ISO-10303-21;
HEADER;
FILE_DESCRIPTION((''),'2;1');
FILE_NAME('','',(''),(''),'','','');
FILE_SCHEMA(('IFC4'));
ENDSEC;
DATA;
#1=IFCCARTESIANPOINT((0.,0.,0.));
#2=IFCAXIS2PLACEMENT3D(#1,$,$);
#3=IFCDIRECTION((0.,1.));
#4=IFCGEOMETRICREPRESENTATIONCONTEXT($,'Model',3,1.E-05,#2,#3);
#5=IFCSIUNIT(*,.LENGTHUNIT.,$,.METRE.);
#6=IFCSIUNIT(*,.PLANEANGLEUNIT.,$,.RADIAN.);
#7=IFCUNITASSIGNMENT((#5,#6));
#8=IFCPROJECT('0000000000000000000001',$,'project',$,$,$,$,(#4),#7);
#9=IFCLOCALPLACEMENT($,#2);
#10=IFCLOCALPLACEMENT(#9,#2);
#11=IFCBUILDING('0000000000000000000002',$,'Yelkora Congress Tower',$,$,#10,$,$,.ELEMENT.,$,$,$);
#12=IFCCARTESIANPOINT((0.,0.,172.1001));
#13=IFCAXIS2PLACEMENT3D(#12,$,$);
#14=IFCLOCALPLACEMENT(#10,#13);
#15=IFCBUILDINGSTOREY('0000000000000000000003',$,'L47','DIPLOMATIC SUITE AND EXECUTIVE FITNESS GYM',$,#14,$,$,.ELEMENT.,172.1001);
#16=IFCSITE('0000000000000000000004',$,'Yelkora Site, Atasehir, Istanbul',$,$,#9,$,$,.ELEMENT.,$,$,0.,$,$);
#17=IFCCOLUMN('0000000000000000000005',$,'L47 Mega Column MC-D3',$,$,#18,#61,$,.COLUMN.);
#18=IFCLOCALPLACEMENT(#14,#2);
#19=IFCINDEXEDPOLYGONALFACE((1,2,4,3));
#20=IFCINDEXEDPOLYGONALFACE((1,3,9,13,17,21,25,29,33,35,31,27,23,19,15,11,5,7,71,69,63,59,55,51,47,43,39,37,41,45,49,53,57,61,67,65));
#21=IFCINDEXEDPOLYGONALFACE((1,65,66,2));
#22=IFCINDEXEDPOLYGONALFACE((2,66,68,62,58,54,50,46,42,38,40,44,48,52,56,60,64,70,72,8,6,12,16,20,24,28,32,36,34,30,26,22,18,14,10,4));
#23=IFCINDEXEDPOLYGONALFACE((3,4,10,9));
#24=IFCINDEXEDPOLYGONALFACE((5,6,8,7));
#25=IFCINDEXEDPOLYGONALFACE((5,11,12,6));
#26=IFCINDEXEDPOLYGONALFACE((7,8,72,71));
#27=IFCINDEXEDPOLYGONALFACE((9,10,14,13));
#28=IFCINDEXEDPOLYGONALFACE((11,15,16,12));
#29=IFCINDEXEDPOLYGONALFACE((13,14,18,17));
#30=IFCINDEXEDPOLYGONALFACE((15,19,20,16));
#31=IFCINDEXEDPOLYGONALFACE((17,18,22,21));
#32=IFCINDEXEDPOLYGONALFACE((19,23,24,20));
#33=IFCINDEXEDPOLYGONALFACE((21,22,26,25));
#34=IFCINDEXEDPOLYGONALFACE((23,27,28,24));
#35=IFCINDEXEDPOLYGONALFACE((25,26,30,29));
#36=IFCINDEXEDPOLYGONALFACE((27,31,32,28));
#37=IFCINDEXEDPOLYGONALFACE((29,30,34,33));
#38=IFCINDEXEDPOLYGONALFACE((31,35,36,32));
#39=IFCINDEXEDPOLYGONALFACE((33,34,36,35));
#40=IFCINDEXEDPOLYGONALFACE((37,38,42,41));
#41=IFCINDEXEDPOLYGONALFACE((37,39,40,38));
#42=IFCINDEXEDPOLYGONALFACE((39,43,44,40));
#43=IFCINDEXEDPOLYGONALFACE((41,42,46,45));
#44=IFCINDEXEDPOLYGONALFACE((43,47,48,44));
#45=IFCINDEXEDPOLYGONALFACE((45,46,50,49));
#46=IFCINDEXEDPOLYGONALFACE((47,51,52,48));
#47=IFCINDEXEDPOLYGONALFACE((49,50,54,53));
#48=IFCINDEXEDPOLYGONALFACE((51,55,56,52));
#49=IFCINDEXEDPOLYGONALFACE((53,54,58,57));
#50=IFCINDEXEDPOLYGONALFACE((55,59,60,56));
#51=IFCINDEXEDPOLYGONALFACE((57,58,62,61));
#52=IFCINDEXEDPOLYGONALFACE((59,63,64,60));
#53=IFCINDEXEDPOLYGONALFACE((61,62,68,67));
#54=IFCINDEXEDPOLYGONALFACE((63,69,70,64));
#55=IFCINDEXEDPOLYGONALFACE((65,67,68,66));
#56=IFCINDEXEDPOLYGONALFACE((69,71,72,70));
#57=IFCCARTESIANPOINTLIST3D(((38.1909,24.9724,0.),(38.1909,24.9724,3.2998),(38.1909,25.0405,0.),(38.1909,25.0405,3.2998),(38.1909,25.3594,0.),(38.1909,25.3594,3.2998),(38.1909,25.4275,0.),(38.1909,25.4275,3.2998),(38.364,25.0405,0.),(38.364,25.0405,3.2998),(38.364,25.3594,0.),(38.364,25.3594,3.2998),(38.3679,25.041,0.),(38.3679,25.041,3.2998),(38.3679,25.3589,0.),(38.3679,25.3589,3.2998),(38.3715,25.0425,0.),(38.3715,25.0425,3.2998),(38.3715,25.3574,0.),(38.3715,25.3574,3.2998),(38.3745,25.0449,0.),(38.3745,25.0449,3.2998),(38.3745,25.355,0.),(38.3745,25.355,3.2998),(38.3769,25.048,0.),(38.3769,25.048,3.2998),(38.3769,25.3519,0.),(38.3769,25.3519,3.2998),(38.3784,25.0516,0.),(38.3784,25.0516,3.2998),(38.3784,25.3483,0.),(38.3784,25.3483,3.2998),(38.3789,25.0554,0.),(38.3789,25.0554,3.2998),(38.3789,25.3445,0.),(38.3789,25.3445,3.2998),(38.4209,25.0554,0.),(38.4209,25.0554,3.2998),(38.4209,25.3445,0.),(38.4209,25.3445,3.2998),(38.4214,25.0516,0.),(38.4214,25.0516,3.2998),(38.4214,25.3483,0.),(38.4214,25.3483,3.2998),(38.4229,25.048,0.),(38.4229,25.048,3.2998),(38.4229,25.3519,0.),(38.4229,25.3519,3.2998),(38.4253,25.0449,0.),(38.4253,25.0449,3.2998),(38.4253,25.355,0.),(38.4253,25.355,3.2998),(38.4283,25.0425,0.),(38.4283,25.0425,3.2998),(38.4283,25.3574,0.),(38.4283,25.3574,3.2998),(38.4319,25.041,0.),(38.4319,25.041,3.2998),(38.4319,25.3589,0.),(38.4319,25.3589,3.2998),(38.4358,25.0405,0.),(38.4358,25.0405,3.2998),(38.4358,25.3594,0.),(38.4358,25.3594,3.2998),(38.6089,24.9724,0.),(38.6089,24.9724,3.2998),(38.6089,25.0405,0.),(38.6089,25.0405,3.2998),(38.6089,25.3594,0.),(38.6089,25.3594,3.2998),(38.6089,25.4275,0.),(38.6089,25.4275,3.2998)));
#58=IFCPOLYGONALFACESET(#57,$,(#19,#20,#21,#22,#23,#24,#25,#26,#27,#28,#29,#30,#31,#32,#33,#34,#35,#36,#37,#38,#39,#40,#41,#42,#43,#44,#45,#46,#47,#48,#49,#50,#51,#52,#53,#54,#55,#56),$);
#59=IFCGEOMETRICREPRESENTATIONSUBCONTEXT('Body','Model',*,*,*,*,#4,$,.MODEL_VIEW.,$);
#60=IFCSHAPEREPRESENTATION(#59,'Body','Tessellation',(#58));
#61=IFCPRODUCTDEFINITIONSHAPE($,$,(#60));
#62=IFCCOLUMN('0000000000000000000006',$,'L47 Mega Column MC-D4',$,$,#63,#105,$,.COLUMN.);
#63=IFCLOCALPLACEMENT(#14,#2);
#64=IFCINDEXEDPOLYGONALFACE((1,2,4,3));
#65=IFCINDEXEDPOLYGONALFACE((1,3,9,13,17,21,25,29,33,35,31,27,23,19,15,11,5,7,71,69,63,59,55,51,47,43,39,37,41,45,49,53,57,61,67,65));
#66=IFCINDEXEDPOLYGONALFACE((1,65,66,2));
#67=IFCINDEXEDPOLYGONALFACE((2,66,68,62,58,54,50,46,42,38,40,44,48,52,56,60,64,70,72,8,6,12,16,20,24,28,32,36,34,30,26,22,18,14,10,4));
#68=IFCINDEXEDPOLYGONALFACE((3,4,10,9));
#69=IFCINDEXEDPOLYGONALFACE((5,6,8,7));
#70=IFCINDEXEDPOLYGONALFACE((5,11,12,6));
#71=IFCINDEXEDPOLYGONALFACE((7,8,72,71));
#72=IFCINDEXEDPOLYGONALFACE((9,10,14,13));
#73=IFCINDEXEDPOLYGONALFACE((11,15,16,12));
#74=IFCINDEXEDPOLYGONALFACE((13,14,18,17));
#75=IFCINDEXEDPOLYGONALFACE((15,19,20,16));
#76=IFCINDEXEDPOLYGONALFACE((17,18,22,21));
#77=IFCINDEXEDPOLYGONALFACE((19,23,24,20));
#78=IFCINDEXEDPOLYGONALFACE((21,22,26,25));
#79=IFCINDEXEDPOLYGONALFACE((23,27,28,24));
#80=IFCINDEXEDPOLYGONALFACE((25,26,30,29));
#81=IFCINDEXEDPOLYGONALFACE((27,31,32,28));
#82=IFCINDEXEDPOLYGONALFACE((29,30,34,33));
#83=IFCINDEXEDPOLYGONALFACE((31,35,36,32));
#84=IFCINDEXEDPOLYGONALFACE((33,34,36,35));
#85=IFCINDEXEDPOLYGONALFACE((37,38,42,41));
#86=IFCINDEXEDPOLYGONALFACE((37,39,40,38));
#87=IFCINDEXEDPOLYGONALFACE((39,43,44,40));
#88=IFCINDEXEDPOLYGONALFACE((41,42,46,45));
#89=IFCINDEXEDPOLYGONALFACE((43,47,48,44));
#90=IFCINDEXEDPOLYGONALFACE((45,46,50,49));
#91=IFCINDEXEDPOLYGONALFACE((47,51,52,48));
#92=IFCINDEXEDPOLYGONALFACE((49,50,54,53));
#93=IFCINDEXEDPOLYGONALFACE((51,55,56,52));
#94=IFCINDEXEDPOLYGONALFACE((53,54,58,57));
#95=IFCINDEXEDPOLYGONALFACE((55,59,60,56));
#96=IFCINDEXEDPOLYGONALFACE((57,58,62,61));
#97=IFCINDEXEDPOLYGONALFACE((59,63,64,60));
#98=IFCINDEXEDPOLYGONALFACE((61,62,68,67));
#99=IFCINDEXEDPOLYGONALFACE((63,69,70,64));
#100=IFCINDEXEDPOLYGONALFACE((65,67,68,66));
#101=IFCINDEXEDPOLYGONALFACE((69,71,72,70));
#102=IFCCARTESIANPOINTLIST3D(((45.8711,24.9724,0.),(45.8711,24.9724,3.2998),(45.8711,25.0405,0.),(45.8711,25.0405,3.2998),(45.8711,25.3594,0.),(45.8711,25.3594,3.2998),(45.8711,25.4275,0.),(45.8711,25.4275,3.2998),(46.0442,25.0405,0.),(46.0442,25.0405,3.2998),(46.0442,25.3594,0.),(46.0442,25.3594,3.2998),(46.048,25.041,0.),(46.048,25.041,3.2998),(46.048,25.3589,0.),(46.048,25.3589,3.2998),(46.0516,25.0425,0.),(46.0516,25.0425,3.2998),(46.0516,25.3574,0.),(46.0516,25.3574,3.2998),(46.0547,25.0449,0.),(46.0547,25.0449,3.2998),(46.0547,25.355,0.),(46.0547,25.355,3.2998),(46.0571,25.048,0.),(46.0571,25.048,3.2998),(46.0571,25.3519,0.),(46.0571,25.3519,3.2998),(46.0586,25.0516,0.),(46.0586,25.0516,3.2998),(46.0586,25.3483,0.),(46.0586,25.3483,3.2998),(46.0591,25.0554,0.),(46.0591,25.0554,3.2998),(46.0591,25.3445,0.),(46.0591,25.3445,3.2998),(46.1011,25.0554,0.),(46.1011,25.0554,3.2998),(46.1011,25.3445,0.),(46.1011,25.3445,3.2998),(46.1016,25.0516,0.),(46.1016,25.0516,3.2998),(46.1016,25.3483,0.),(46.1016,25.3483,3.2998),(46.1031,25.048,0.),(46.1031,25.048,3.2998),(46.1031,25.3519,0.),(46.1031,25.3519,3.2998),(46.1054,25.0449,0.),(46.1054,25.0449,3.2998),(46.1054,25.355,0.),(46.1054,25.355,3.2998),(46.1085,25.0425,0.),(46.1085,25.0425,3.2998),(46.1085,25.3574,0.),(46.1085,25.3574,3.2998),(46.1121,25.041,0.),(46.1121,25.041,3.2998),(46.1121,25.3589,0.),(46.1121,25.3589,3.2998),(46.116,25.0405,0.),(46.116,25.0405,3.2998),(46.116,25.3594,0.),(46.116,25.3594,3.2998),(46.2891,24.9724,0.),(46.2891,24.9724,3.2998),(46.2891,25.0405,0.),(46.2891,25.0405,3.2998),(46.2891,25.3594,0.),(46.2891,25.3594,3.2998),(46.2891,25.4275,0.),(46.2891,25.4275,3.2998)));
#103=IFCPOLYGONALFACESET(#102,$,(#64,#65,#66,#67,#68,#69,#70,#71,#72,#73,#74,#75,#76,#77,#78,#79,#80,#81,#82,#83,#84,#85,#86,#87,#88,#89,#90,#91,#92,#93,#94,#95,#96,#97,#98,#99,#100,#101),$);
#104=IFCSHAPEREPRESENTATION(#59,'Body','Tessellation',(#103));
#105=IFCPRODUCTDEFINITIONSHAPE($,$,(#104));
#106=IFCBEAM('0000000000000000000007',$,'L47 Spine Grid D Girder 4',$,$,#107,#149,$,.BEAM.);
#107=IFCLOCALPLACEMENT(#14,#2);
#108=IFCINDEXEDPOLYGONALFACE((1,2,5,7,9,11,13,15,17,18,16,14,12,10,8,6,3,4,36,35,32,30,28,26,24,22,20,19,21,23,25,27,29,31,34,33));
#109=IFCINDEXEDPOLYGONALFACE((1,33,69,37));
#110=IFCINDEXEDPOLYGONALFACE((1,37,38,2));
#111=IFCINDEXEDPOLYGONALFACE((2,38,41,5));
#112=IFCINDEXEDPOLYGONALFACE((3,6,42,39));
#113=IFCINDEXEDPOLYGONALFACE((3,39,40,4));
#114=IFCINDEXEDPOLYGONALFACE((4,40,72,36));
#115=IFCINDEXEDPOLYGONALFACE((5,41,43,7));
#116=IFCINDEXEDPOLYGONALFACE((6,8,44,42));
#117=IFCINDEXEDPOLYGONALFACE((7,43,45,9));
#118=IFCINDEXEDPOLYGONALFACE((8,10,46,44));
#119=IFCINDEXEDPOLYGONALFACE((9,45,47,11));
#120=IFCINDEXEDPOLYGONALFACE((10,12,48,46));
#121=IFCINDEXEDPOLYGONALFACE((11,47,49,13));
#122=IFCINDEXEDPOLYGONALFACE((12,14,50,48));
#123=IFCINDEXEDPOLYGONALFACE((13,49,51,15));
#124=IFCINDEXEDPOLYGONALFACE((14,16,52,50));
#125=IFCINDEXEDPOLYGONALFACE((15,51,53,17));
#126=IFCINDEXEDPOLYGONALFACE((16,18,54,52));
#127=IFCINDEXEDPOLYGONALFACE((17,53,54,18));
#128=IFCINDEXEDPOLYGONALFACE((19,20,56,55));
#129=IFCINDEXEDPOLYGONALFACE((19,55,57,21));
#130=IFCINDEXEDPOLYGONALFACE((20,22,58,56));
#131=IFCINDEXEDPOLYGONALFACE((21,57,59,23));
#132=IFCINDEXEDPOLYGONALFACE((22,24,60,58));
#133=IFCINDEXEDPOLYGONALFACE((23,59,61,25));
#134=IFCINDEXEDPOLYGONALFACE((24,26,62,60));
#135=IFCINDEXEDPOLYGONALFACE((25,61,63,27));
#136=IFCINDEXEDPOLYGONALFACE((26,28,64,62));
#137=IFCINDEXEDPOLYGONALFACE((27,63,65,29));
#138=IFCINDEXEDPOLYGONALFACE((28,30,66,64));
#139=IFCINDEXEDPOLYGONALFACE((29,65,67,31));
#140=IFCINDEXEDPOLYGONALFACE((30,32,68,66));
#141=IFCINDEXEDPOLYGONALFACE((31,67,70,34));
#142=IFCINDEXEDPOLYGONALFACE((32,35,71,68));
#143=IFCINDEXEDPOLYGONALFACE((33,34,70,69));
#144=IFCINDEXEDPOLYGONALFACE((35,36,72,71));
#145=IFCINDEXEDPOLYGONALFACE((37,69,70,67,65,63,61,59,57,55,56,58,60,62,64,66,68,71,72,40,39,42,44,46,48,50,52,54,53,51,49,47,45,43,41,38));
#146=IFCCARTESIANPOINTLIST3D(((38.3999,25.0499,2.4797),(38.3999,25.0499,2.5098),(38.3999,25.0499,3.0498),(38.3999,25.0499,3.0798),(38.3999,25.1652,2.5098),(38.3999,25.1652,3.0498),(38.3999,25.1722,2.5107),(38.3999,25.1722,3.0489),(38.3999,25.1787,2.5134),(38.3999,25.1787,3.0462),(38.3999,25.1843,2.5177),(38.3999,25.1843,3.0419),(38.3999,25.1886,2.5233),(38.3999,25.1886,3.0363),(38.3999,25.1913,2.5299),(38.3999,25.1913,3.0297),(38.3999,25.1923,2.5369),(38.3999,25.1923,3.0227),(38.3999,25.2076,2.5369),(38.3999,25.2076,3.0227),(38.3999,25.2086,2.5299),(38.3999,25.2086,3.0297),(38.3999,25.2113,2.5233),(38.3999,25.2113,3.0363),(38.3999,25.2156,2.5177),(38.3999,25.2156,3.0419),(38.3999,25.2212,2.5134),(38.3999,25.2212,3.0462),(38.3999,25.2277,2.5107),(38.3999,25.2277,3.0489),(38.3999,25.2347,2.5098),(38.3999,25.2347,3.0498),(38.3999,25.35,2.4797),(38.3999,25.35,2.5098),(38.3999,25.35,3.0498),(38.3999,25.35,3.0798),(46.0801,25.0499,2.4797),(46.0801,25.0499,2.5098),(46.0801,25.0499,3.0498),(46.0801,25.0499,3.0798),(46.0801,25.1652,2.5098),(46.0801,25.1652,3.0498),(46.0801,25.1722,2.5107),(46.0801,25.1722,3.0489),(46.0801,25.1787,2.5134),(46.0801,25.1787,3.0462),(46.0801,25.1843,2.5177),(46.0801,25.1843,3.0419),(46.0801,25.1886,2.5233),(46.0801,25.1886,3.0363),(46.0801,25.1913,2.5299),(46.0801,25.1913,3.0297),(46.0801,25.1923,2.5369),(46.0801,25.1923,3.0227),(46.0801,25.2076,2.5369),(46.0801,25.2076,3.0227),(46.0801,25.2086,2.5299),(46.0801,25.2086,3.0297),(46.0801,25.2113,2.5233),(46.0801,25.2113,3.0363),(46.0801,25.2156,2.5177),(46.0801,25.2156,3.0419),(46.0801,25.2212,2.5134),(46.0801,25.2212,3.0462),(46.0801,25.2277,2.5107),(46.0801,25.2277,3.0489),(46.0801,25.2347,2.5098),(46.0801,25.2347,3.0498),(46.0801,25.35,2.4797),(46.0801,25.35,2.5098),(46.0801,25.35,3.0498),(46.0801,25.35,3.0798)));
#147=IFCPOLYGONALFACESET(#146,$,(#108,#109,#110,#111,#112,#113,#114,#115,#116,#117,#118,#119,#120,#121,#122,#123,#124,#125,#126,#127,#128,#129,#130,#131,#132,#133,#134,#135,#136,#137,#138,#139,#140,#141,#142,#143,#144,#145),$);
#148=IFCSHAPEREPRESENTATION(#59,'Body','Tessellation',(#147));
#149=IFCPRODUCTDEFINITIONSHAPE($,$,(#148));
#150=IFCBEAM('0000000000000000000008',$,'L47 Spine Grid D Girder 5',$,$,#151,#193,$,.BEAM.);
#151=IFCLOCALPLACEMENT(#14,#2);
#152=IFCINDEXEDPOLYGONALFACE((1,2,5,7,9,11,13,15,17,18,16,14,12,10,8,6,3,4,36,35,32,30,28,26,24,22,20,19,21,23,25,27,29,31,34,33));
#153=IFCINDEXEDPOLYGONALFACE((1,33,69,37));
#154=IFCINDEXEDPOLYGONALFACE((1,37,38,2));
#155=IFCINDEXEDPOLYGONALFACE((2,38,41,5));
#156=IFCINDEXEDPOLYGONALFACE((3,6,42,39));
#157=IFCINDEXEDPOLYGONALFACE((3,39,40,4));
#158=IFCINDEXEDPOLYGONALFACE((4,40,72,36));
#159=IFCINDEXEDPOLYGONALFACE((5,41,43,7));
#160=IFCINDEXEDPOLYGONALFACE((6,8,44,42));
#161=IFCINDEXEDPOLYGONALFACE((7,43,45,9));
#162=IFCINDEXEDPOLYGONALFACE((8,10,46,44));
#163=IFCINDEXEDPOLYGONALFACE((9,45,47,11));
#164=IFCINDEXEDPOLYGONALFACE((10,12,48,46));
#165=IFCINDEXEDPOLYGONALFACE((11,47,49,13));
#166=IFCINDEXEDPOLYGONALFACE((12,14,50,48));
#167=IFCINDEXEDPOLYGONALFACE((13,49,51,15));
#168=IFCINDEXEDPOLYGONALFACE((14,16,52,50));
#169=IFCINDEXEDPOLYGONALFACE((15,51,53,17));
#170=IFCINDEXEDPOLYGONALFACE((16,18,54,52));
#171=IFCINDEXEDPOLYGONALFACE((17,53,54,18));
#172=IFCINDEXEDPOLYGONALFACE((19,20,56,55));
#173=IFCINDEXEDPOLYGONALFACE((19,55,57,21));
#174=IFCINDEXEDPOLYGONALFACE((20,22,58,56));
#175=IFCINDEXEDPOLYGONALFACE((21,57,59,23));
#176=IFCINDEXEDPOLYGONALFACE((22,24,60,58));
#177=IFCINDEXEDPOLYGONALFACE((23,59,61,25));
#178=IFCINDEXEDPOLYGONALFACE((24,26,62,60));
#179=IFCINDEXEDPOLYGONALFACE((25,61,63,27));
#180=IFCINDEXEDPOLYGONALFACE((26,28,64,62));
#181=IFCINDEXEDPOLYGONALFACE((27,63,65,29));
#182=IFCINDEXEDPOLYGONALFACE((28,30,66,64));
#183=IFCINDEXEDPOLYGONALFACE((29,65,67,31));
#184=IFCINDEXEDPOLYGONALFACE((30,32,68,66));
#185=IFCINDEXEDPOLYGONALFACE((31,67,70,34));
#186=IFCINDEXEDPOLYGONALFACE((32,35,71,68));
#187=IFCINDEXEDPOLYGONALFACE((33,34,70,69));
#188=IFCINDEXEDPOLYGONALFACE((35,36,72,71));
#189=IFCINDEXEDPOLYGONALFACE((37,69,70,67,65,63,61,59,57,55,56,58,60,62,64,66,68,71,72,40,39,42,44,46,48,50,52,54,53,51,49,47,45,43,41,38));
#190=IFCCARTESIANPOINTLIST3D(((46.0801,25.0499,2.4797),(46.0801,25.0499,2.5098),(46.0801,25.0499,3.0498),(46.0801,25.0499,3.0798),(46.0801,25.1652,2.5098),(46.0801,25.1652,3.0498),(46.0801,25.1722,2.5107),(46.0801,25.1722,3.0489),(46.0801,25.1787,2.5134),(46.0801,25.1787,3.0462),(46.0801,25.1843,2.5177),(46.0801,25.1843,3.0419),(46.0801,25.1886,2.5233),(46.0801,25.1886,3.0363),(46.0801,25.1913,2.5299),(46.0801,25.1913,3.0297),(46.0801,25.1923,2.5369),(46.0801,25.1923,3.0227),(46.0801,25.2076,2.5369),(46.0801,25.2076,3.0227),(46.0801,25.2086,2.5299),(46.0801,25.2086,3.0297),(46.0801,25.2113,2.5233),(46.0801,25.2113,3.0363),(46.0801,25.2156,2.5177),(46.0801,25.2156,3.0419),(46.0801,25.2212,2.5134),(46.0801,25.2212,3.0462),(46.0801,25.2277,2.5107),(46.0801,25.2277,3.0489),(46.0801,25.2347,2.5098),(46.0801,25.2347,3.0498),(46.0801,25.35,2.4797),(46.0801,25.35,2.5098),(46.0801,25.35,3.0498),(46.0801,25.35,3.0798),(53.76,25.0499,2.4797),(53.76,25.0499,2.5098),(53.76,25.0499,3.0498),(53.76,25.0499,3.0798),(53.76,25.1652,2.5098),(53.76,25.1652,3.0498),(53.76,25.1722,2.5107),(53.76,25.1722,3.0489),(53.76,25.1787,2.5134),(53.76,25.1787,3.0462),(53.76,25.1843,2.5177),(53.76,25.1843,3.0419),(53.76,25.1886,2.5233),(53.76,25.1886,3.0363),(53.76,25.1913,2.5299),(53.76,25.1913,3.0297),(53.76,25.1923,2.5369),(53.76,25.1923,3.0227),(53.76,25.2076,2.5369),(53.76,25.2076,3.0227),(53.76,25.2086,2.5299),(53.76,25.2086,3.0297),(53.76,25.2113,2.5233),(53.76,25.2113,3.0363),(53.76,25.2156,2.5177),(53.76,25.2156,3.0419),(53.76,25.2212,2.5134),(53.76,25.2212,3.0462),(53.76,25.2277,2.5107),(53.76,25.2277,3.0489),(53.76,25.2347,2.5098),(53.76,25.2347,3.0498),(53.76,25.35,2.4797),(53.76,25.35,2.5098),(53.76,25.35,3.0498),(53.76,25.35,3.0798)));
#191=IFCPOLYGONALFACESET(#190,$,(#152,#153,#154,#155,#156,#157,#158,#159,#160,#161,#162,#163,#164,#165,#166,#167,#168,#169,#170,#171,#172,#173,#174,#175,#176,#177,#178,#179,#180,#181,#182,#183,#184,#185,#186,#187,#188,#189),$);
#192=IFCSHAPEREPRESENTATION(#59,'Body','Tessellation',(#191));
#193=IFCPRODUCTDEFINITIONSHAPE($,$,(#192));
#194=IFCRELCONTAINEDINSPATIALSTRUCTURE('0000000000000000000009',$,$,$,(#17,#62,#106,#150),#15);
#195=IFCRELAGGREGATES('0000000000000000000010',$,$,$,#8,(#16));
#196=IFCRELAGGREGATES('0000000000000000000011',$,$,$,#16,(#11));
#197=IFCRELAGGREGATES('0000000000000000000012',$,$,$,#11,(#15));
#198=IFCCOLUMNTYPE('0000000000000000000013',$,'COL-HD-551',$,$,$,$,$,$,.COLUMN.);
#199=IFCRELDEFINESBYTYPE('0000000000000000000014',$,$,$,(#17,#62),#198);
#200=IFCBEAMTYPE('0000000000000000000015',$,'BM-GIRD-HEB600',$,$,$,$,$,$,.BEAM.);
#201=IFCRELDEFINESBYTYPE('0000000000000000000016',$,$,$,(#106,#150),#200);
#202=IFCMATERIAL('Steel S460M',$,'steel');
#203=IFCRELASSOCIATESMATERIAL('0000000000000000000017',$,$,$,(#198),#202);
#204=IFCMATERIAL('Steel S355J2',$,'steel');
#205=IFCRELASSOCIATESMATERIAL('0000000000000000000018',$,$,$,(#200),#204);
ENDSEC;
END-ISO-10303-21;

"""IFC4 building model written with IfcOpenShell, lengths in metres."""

from ifc_helpers import new_model, si_unit, direction, frame, origin, origin_2d, place, context, subcontext, project, spatial, i_section, extrude, material, material_profile, profile_set, type_object, element, save


model = new_model("IFC4")

# Units and contexts
model_context = context("Model", 3, precision=1e-05, world=origin(), true_north=direction((0.0, 1.0)))
body_context = subcontext(model_context, "Body", "Model", "MODEL_VIEW")
ifc_project = project(units=[si_unit("LENGTHUNIT", "METRE"), si_unit("PLANEANGLEUNIT", "RADIAN")], contexts=[model_context])

# Site, building, storey
site_placement = place(None, origin())
site = spatial("IfcSite", under=ifc_project, at=site_placement, Name="Yelkora Site, Atasehir, Istanbul", CompositionType="ELEMENT", RefElevation=0.0)
building_placement = place(site_placement, origin())
building = spatial("IfcBuilding", under=site, at=building_placement, Name="Yelkora Congress Tower", CompositionType="ELEMENT")
storey_placement = place(building_placement, frame((0.0, 0.0, 172.1001)))
storey = spatial("IfcBuildingStorey", under=building, at=storey_placement, Name="L47", Description="DIPLOMATIC SUITE AND EXECUTIVE FITNESS GYM", CompositionType="ELEMENT", Elevation=172.1001)

# Columns
ifc_material_1 = material(Name="Steel S460M", Category="steel")
ifc_material_profile_1 = material_profile(ifc_material_1, i_section(OverallWidth=0.418, OverallDepth=0.4551, WebThickness=0.042, FlangeThickness=0.0681, FilletRadius=0.0149, at=origin_2d()), Name="HD 400x551")
ifc_profile_set_1 = profile_set([ifc_material_profile_1], Name="Steel S460M")
column_type = type_object("IfcColumnType", Name="COL-HD-551", PredefinedType="COLUMN", material=ifc_profile_set_1)
for number, where, z_axis, x_axis, name in (
    (1, (38.3999, 25.2, 0.0), (0.0, 0.0, 1.0), (1.0, 0.0, 0.0), "L47 Mega Column MC-D3"),
    (2, (46.0801, 25.2, 0.0), (0.0, 0.0, 1.0), (1.0, 0.0, 0.0), "L47 Mega Column MC-D4"),
):
    element("IfcColumn", number, at=place(storey_placement, frame(where, z_axis=z_axis, x_axis=x_axis)), inside=storey, type_object=column_type, Name=name, PredefinedType="COLUMN", context=body_context, shape_type="SweptSolid", body=[
        extrude(i_section(OverallWidth=0.418, OverallDepth=0.4551, WebThickness=0.042, FlangeThickness=0.0681, FilletRadius=0.0149, at=origin_2d()), origin(), (0.0, 0.0, 1.0), 3.2998),
    ])

# Beams
ifc_material_2 = material(Name="Steel S355J2", Category="steel")
ifc_material_profile_2 = material_profile(ifc_material_2, i_section(OverallWidth=0.3, OverallDepth=0.6001, WebThickness=0.0154, FlangeThickness=0.03, FilletRadius=0.0271, at=origin_2d()), Name="HEB 600")
ifc_profile_set_2 = profile_set([ifc_material_profile_2], Name="Steel S355J2")
beam_type_1 = type_object("IfcBeamType", Name="BM-GIRD-HEB600", PredefinedType="BEAM", material=ifc_profile_set_2)
beam_1_placement = place(storey_placement, frame((38.3999, 25.2, 2.7798), z_axis=(1.0, 0.0, 0.0), x_axis=(0.0, 1.0, 0.0)))
element("IfcBeam", 3, at=beam_1_placement, inside=storey, type_object=beam_type_1, Name="L47 Spine Grid D Girder 4", PredefinedType="BEAM", context=body_context, shape_type="SweptSolid", body=[
    extrude(i_section(OverallWidth=0.3, OverallDepth=0.6001, WebThickness=0.0154, FlangeThickness=0.03, FilletRadius=0.0271, at=origin_2d()), origin(), (0.0, 0.0, 1.0), 7.6802),
])
beam_2_placement = place(storey_placement, frame((46.0801, 25.2, 2.7798), z_axis=(1.0, 0.0, 0.0), x_axis=(0.0, 1.0, 0.0)))
element("IfcBeam", 4, at=beam_2_placement, inside=storey, type_object=beam_type_1, Name="L47 Spine Grid D Girder 5", PredefinedType="BEAM", context=body_context, shape_type="SweptSolid", body=[
    extrude(i_section(OverallWidth=0.3, OverallDepth=0.6001, WebThickness=0.0154, FlangeThickness=0.03, FilletRadius=0.0271, at=origin_2d()), origin(), (0.0, 0.0, 1.0), 7.6799),
])

save(model, "model.ifc")
